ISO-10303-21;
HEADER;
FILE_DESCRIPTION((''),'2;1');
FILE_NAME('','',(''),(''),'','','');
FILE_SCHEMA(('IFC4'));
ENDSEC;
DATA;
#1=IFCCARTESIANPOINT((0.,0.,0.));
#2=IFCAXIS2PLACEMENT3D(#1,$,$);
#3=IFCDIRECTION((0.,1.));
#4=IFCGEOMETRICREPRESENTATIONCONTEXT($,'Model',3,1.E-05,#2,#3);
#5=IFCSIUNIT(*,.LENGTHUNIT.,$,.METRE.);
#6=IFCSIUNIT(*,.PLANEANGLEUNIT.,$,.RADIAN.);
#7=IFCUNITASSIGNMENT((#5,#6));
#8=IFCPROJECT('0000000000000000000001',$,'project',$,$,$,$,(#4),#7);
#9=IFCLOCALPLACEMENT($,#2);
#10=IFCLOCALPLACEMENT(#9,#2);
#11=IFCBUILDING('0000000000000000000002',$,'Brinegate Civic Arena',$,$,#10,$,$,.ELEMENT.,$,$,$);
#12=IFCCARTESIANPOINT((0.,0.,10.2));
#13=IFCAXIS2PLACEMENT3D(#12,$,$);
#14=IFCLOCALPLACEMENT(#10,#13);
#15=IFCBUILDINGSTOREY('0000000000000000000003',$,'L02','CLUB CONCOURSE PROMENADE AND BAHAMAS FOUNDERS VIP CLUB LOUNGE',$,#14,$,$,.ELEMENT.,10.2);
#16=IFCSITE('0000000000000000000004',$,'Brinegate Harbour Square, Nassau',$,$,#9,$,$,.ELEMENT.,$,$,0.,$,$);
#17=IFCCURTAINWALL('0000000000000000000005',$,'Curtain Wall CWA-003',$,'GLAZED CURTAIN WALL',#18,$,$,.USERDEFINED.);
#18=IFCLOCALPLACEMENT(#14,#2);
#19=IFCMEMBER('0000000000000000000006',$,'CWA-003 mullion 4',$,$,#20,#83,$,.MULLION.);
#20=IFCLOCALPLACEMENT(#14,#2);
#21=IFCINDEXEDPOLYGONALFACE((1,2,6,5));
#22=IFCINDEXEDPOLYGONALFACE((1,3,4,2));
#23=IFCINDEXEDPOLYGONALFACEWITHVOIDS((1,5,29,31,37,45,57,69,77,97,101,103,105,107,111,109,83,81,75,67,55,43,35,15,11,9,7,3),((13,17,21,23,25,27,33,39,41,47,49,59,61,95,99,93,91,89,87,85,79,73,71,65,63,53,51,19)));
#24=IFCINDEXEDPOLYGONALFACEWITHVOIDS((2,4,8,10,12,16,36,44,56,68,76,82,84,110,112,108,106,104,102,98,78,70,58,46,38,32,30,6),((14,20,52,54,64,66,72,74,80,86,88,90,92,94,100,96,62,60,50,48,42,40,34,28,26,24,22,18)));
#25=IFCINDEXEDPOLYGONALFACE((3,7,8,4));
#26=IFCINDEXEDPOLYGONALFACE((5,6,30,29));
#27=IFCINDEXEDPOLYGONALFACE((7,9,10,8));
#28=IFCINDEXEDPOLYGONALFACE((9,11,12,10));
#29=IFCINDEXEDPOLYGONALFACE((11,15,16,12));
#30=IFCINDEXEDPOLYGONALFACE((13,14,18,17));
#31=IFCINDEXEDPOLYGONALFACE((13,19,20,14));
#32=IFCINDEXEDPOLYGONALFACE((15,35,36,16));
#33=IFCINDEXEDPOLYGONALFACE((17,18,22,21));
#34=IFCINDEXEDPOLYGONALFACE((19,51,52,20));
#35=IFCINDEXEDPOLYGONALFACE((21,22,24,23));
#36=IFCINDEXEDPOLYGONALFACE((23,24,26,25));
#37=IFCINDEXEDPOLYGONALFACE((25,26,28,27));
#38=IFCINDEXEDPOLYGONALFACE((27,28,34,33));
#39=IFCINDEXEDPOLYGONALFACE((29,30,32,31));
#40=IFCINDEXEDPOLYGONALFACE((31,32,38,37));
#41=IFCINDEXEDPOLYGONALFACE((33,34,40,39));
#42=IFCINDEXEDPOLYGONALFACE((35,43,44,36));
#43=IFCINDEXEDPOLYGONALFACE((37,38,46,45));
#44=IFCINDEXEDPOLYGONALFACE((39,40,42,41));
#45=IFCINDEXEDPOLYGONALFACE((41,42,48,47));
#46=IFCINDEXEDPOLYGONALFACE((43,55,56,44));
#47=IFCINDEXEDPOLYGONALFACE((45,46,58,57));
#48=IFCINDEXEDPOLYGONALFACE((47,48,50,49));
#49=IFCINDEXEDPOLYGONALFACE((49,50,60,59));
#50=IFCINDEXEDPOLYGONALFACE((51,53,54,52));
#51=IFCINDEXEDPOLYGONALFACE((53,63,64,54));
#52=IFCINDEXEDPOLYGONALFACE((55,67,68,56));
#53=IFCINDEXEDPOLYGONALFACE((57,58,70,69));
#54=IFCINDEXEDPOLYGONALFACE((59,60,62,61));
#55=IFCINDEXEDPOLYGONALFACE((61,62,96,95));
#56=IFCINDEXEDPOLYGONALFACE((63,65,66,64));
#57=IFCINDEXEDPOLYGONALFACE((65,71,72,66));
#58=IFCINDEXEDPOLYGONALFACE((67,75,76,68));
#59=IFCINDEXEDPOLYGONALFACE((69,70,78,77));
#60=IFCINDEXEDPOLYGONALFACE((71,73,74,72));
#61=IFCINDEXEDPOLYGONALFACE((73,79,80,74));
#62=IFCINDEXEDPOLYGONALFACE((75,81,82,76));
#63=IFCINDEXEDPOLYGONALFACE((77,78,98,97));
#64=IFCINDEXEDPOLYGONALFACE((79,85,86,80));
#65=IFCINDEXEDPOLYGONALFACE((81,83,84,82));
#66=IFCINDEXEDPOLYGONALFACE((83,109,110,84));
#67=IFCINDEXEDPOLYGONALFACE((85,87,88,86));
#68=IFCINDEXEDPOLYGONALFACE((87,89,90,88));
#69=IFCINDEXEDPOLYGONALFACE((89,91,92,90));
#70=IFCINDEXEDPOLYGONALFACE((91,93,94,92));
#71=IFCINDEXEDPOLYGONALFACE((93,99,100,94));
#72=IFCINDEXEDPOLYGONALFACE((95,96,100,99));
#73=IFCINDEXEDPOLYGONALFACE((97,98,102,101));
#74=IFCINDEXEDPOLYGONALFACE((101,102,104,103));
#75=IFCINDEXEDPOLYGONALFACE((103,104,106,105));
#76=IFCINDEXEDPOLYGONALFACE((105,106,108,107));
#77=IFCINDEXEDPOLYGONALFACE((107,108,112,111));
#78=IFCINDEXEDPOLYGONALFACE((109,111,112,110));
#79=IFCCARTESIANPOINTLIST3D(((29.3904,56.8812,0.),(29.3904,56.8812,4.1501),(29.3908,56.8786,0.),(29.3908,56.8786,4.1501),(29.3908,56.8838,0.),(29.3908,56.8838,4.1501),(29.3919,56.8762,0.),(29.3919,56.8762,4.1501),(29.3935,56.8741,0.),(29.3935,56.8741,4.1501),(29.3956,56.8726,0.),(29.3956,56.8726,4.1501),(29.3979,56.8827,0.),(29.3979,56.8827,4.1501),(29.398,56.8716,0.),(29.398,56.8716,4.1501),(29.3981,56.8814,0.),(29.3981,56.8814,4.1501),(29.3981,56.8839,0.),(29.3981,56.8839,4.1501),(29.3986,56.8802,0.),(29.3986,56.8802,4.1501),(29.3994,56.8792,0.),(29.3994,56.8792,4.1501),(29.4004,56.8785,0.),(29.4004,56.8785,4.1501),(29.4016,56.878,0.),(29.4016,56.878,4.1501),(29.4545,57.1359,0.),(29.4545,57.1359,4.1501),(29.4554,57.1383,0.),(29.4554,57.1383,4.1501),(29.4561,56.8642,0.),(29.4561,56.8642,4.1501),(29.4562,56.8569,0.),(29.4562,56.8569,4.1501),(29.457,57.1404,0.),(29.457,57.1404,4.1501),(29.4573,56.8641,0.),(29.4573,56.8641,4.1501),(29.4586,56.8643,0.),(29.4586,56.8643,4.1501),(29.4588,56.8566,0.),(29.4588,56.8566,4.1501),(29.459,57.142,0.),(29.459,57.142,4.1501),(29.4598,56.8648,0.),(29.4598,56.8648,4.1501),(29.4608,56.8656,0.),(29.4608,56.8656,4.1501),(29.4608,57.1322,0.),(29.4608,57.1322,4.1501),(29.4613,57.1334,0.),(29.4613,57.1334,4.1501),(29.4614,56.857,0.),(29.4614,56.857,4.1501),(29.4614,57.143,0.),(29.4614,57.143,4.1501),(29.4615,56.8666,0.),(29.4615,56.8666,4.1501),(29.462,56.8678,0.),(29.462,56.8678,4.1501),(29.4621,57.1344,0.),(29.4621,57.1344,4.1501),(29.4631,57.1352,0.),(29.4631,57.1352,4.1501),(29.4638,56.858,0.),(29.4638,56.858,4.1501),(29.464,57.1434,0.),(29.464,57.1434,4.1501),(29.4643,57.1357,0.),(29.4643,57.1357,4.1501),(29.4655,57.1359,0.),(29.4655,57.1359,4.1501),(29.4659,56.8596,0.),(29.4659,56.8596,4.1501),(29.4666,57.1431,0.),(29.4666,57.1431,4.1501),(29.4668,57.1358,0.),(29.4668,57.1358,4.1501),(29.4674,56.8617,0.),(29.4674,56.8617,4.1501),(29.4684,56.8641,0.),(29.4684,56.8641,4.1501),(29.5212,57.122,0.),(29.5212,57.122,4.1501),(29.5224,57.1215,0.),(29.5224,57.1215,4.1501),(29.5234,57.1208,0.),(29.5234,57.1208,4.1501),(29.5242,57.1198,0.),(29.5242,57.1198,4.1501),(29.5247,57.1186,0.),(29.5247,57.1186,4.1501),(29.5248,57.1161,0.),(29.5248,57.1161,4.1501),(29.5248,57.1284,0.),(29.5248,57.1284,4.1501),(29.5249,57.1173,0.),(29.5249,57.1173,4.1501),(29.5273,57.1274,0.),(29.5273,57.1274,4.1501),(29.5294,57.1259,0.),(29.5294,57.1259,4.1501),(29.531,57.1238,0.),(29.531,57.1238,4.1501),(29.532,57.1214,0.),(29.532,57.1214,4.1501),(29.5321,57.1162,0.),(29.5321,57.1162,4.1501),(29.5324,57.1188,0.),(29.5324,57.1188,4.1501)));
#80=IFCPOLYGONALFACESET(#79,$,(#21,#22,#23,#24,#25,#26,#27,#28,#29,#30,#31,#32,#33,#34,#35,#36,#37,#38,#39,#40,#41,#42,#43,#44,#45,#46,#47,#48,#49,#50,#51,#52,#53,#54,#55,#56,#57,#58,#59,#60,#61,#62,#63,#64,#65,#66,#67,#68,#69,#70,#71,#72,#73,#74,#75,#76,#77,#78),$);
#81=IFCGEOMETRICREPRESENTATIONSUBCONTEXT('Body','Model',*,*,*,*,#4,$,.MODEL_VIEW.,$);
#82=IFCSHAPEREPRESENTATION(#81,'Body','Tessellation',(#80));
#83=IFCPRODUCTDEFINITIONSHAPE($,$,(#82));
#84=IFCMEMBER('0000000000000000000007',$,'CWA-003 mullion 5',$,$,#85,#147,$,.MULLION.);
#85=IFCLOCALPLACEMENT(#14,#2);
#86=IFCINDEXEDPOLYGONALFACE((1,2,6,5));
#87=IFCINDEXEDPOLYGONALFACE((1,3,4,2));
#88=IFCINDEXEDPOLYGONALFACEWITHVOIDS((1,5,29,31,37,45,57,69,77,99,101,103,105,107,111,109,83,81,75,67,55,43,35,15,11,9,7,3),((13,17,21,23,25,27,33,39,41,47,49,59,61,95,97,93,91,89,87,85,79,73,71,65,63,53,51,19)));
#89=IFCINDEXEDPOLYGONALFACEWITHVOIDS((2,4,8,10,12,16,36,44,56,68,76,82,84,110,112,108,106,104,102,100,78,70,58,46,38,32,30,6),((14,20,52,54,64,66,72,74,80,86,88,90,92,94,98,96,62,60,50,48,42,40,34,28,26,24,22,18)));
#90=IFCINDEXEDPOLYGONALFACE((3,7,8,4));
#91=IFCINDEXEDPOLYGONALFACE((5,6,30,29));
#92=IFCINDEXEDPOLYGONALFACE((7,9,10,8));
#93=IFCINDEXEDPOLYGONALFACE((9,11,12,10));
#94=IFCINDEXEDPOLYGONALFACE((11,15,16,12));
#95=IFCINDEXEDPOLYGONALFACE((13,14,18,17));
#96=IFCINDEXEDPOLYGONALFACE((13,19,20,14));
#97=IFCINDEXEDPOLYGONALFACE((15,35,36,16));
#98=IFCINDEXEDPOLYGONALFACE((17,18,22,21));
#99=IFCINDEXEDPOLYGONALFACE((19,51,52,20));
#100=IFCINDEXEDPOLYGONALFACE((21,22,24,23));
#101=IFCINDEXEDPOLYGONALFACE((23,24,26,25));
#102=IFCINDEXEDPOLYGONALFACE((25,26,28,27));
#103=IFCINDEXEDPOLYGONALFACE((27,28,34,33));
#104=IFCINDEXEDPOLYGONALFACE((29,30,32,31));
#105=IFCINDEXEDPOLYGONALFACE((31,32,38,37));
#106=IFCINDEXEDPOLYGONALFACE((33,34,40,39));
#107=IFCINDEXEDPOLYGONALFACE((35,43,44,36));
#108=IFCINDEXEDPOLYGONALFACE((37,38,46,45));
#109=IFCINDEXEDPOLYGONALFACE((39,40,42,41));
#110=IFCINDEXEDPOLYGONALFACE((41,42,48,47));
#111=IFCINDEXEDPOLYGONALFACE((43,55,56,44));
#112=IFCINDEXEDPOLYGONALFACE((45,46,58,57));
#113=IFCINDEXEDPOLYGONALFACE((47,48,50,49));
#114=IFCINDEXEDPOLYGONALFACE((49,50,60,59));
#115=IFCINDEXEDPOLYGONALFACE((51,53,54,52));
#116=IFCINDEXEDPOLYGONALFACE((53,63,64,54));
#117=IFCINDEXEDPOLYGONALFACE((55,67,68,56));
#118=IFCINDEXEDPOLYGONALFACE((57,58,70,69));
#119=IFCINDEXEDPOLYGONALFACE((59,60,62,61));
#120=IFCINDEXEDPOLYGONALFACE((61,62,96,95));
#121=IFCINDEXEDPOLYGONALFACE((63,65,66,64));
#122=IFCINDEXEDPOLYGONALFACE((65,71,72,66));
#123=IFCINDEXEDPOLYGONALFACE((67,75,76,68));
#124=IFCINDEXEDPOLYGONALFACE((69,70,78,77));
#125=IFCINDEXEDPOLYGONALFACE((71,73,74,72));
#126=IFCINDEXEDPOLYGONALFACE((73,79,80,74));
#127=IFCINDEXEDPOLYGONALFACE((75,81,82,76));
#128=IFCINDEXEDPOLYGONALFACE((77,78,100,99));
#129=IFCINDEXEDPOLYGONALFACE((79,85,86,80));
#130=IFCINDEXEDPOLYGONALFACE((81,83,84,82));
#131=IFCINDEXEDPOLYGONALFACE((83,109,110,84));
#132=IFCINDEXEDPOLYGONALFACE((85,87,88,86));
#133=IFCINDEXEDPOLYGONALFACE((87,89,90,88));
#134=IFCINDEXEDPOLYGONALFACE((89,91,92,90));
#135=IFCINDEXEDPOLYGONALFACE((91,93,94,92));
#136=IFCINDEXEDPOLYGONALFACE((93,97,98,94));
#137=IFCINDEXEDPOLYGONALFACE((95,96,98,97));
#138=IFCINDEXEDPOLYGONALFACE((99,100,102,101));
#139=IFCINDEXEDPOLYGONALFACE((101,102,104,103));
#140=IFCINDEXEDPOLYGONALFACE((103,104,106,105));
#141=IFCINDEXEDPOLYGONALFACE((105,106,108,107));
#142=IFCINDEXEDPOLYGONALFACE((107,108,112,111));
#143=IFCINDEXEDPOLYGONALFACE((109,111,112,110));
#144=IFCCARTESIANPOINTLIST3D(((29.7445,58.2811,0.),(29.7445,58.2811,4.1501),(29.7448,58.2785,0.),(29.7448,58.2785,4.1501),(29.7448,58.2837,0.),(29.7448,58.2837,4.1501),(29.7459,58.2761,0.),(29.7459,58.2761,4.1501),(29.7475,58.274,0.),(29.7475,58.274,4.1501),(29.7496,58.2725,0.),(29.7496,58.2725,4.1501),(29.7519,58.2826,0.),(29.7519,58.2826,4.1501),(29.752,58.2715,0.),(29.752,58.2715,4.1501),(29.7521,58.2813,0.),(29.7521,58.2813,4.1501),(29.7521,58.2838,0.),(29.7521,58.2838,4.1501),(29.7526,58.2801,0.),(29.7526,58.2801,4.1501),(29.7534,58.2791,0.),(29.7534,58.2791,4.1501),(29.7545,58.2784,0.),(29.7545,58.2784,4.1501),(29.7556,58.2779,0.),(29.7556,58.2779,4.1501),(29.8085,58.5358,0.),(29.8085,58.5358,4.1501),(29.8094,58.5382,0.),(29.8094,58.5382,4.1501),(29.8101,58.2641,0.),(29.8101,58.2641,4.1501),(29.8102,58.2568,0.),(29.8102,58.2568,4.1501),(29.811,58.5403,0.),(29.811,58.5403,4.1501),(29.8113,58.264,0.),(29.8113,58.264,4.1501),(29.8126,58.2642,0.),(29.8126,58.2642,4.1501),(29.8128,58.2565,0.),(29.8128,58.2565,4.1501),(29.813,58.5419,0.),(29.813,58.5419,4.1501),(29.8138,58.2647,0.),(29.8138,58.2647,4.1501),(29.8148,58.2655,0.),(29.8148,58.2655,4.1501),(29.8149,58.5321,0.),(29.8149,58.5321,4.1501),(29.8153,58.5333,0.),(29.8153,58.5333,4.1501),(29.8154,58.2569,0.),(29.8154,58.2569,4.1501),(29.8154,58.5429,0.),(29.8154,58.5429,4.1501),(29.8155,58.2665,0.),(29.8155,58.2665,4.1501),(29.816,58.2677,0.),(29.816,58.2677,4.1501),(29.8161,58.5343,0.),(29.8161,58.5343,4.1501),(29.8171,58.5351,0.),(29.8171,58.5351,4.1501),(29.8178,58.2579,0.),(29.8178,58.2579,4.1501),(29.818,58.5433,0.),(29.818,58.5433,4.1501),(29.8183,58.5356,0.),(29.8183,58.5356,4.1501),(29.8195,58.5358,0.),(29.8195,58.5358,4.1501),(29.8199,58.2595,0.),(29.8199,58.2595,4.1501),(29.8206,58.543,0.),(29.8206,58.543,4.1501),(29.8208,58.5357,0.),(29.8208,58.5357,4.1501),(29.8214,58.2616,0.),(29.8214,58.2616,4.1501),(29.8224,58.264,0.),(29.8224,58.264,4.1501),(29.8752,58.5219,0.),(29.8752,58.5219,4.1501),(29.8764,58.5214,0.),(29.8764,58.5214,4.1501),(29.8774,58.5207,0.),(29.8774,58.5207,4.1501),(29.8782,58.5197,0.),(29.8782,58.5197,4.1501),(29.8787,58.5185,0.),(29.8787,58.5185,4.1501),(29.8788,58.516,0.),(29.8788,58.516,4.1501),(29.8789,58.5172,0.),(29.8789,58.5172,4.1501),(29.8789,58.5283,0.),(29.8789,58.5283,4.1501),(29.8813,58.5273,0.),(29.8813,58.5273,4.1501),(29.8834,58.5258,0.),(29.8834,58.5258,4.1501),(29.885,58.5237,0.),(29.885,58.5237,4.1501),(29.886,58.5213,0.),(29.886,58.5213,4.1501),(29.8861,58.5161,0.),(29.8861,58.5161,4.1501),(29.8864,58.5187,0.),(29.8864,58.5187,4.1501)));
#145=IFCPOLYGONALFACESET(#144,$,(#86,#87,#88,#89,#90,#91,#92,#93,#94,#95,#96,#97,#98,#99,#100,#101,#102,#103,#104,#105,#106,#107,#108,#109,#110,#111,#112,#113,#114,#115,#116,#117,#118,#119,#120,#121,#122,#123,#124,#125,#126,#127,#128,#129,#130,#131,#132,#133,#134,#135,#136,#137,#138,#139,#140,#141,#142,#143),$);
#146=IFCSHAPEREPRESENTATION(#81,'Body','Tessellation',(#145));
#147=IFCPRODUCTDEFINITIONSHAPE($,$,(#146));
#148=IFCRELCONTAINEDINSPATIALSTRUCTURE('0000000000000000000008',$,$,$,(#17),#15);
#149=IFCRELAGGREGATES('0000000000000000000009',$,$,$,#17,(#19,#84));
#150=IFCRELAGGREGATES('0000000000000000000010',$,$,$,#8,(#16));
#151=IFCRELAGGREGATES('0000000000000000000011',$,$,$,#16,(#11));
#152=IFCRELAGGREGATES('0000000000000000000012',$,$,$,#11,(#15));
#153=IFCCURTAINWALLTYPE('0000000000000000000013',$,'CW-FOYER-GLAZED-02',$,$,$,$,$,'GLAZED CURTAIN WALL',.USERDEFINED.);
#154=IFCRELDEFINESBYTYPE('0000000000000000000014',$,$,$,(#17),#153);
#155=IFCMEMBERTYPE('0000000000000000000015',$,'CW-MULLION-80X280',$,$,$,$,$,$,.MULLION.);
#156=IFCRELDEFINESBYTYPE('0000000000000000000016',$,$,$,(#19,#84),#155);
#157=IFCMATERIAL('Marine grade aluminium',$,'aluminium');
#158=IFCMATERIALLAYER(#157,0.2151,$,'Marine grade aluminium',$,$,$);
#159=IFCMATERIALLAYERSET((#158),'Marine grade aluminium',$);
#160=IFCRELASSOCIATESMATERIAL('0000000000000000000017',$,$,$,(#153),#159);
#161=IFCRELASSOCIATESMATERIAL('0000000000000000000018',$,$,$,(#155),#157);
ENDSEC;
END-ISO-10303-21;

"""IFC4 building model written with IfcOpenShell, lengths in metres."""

from ifc_helpers import new_model, si_unit, direction, frame, origin, origin_2d, place, context, subcontext, project, spatial, hollow_rectangle, extrude, material, layer, layer_set, material_profile, profile_set, type_object, element, aggregate, save


model = new_model("IFC4")

# Units and contexts
model_context = context("Model", 3, precision=1e-05, world=origin(), true_north=direction((0.0, 1.0)))
body_context = subcontext(model_context, "Body", "Model", "MODEL_VIEW")
ifc_project = project(units=[si_unit("LENGTHUNIT", "METRE"), si_unit("PLANEANGLEUNIT", "RADIAN")], contexts=[model_context])

# Site, building, storey
site_placement = place(None, origin())
site = spatial("IfcSite", under=ifc_project, at=site_placement, Name="Brinegate Harbour Square, Nassau", CompositionType="ELEMENT", RefElevation=0.0)
building_placement = place(site_placement, origin())
building = spatial("IfcBuilding", under=site, at=building_placement, Name="Brinegate Civic Arena", CompositionType="ELEMENT")
storey_placement = place(building_placement, frame((0.0, 0.0, 10.2)))
storey = spatial("IfcBuildingStorey", under=building, at=storey_placement, Name="L02", Description="CLUB CONCOURSE PROMENADE AND BAHAMAS FOUNDERS VIP CLUB LOUNGE", CompositionType="ELEMENT", Elevation=10.2)

# Curtain wall, members
ifc_material_1 = material(Name="Marine grade aluminium", Category="aluminium")
ifc_layer_1 = layer(ifc_material_1, 0.2151, Name="Marine grade aluminium")
ifc_layer_set_1 = layer_set([ifc_layer_1], Name="Marine grade aluminium")
curtain_wall_type = type_object("IfcCurtainWallType", Name="CW-FOYER-GLAZED-02", ElementType="GLAZED CURTAIN WALL", PredefinedType="USERDEFINED", material=ifc_layer_set_1)
curtain_wall_placement = place(storey_placement, origin())
curtain_wall = element("IfcCurtainWall", 1, at=curtain_wall_placement, inside=storey, type_object=curtain_wall_type, Name="Curtain Wall CWA-003", ObjectType="GLAZED CURTAIN WALL", PredefinedType="USERDEFINED")
ifc_material_profile_1 = material_profile(ifc_material_1, hollow_rectangle(XDim=0.0801, YDim=0.28, WallThickness=0.0071, InnerFilletRadius=0.0049, OuterFilletRadius=0.01, at=origin_2d()), Name="MUL80X280")
ifc_profile_set_1 = profile_set([ifc_material_profile_1], Name="Marine grade aluminium")
member_type_1 = type_object("IfcMemberType", Name="CW-MULLION-80X280", PredefinedType="MULLION", material=ifc_profile_set_1)
member_1_placement = place(storey_placement, frame((29.4614, 57.0, 0.0), z_axis=(0.0, 0.0, 1.0), x_axis=(-0.969513, 0.245042, 0.0)))
member_1 = element("IfcMember", 2, at=member_1_placement, type_object=member_type_1, Name="CWA-003 mullion 4", PredefinedType="MULLION", context=body_context, shape_type="SweptSolid", body=[
    extrude(hollow_rectangle(XDim=0.0801, YDim=0.28, WallThickness=0.0071, InnerFilletRadius=0.0049, OuterFilletRadius=0.01, at=origin_2d()), origin(), (0.0, 0.0, 1.0), 4.1501),
])
member_2_placement = place(storey_placement, frame((29.8154, 58.3999, 0.0), z_axis=(0.0, 0.0, 1.0), x_axis=(-0.969513, 0.245042, 0.0)))
member_2 = element("IfcMember", 3, at=member_2_placement, type_object=member_type_1, Name="CWA-003 mullion 5", PredefinedType="MULLION", context=body_context, shape_type="SweptSolid", body=[
    extrude(hollow_rectangle(XDim=0.0801, YDim=0.28, WallThickness=0.0071, InnerFilletRadius=0.0049, OuterFilletRadius=0.01, at=origin_2d()), origin(), (0.0, 0.0, 1.0), 4.1501),
])
aggregate(curtain_wall, [member_1, member_2])

save(model, "model.ifc")
